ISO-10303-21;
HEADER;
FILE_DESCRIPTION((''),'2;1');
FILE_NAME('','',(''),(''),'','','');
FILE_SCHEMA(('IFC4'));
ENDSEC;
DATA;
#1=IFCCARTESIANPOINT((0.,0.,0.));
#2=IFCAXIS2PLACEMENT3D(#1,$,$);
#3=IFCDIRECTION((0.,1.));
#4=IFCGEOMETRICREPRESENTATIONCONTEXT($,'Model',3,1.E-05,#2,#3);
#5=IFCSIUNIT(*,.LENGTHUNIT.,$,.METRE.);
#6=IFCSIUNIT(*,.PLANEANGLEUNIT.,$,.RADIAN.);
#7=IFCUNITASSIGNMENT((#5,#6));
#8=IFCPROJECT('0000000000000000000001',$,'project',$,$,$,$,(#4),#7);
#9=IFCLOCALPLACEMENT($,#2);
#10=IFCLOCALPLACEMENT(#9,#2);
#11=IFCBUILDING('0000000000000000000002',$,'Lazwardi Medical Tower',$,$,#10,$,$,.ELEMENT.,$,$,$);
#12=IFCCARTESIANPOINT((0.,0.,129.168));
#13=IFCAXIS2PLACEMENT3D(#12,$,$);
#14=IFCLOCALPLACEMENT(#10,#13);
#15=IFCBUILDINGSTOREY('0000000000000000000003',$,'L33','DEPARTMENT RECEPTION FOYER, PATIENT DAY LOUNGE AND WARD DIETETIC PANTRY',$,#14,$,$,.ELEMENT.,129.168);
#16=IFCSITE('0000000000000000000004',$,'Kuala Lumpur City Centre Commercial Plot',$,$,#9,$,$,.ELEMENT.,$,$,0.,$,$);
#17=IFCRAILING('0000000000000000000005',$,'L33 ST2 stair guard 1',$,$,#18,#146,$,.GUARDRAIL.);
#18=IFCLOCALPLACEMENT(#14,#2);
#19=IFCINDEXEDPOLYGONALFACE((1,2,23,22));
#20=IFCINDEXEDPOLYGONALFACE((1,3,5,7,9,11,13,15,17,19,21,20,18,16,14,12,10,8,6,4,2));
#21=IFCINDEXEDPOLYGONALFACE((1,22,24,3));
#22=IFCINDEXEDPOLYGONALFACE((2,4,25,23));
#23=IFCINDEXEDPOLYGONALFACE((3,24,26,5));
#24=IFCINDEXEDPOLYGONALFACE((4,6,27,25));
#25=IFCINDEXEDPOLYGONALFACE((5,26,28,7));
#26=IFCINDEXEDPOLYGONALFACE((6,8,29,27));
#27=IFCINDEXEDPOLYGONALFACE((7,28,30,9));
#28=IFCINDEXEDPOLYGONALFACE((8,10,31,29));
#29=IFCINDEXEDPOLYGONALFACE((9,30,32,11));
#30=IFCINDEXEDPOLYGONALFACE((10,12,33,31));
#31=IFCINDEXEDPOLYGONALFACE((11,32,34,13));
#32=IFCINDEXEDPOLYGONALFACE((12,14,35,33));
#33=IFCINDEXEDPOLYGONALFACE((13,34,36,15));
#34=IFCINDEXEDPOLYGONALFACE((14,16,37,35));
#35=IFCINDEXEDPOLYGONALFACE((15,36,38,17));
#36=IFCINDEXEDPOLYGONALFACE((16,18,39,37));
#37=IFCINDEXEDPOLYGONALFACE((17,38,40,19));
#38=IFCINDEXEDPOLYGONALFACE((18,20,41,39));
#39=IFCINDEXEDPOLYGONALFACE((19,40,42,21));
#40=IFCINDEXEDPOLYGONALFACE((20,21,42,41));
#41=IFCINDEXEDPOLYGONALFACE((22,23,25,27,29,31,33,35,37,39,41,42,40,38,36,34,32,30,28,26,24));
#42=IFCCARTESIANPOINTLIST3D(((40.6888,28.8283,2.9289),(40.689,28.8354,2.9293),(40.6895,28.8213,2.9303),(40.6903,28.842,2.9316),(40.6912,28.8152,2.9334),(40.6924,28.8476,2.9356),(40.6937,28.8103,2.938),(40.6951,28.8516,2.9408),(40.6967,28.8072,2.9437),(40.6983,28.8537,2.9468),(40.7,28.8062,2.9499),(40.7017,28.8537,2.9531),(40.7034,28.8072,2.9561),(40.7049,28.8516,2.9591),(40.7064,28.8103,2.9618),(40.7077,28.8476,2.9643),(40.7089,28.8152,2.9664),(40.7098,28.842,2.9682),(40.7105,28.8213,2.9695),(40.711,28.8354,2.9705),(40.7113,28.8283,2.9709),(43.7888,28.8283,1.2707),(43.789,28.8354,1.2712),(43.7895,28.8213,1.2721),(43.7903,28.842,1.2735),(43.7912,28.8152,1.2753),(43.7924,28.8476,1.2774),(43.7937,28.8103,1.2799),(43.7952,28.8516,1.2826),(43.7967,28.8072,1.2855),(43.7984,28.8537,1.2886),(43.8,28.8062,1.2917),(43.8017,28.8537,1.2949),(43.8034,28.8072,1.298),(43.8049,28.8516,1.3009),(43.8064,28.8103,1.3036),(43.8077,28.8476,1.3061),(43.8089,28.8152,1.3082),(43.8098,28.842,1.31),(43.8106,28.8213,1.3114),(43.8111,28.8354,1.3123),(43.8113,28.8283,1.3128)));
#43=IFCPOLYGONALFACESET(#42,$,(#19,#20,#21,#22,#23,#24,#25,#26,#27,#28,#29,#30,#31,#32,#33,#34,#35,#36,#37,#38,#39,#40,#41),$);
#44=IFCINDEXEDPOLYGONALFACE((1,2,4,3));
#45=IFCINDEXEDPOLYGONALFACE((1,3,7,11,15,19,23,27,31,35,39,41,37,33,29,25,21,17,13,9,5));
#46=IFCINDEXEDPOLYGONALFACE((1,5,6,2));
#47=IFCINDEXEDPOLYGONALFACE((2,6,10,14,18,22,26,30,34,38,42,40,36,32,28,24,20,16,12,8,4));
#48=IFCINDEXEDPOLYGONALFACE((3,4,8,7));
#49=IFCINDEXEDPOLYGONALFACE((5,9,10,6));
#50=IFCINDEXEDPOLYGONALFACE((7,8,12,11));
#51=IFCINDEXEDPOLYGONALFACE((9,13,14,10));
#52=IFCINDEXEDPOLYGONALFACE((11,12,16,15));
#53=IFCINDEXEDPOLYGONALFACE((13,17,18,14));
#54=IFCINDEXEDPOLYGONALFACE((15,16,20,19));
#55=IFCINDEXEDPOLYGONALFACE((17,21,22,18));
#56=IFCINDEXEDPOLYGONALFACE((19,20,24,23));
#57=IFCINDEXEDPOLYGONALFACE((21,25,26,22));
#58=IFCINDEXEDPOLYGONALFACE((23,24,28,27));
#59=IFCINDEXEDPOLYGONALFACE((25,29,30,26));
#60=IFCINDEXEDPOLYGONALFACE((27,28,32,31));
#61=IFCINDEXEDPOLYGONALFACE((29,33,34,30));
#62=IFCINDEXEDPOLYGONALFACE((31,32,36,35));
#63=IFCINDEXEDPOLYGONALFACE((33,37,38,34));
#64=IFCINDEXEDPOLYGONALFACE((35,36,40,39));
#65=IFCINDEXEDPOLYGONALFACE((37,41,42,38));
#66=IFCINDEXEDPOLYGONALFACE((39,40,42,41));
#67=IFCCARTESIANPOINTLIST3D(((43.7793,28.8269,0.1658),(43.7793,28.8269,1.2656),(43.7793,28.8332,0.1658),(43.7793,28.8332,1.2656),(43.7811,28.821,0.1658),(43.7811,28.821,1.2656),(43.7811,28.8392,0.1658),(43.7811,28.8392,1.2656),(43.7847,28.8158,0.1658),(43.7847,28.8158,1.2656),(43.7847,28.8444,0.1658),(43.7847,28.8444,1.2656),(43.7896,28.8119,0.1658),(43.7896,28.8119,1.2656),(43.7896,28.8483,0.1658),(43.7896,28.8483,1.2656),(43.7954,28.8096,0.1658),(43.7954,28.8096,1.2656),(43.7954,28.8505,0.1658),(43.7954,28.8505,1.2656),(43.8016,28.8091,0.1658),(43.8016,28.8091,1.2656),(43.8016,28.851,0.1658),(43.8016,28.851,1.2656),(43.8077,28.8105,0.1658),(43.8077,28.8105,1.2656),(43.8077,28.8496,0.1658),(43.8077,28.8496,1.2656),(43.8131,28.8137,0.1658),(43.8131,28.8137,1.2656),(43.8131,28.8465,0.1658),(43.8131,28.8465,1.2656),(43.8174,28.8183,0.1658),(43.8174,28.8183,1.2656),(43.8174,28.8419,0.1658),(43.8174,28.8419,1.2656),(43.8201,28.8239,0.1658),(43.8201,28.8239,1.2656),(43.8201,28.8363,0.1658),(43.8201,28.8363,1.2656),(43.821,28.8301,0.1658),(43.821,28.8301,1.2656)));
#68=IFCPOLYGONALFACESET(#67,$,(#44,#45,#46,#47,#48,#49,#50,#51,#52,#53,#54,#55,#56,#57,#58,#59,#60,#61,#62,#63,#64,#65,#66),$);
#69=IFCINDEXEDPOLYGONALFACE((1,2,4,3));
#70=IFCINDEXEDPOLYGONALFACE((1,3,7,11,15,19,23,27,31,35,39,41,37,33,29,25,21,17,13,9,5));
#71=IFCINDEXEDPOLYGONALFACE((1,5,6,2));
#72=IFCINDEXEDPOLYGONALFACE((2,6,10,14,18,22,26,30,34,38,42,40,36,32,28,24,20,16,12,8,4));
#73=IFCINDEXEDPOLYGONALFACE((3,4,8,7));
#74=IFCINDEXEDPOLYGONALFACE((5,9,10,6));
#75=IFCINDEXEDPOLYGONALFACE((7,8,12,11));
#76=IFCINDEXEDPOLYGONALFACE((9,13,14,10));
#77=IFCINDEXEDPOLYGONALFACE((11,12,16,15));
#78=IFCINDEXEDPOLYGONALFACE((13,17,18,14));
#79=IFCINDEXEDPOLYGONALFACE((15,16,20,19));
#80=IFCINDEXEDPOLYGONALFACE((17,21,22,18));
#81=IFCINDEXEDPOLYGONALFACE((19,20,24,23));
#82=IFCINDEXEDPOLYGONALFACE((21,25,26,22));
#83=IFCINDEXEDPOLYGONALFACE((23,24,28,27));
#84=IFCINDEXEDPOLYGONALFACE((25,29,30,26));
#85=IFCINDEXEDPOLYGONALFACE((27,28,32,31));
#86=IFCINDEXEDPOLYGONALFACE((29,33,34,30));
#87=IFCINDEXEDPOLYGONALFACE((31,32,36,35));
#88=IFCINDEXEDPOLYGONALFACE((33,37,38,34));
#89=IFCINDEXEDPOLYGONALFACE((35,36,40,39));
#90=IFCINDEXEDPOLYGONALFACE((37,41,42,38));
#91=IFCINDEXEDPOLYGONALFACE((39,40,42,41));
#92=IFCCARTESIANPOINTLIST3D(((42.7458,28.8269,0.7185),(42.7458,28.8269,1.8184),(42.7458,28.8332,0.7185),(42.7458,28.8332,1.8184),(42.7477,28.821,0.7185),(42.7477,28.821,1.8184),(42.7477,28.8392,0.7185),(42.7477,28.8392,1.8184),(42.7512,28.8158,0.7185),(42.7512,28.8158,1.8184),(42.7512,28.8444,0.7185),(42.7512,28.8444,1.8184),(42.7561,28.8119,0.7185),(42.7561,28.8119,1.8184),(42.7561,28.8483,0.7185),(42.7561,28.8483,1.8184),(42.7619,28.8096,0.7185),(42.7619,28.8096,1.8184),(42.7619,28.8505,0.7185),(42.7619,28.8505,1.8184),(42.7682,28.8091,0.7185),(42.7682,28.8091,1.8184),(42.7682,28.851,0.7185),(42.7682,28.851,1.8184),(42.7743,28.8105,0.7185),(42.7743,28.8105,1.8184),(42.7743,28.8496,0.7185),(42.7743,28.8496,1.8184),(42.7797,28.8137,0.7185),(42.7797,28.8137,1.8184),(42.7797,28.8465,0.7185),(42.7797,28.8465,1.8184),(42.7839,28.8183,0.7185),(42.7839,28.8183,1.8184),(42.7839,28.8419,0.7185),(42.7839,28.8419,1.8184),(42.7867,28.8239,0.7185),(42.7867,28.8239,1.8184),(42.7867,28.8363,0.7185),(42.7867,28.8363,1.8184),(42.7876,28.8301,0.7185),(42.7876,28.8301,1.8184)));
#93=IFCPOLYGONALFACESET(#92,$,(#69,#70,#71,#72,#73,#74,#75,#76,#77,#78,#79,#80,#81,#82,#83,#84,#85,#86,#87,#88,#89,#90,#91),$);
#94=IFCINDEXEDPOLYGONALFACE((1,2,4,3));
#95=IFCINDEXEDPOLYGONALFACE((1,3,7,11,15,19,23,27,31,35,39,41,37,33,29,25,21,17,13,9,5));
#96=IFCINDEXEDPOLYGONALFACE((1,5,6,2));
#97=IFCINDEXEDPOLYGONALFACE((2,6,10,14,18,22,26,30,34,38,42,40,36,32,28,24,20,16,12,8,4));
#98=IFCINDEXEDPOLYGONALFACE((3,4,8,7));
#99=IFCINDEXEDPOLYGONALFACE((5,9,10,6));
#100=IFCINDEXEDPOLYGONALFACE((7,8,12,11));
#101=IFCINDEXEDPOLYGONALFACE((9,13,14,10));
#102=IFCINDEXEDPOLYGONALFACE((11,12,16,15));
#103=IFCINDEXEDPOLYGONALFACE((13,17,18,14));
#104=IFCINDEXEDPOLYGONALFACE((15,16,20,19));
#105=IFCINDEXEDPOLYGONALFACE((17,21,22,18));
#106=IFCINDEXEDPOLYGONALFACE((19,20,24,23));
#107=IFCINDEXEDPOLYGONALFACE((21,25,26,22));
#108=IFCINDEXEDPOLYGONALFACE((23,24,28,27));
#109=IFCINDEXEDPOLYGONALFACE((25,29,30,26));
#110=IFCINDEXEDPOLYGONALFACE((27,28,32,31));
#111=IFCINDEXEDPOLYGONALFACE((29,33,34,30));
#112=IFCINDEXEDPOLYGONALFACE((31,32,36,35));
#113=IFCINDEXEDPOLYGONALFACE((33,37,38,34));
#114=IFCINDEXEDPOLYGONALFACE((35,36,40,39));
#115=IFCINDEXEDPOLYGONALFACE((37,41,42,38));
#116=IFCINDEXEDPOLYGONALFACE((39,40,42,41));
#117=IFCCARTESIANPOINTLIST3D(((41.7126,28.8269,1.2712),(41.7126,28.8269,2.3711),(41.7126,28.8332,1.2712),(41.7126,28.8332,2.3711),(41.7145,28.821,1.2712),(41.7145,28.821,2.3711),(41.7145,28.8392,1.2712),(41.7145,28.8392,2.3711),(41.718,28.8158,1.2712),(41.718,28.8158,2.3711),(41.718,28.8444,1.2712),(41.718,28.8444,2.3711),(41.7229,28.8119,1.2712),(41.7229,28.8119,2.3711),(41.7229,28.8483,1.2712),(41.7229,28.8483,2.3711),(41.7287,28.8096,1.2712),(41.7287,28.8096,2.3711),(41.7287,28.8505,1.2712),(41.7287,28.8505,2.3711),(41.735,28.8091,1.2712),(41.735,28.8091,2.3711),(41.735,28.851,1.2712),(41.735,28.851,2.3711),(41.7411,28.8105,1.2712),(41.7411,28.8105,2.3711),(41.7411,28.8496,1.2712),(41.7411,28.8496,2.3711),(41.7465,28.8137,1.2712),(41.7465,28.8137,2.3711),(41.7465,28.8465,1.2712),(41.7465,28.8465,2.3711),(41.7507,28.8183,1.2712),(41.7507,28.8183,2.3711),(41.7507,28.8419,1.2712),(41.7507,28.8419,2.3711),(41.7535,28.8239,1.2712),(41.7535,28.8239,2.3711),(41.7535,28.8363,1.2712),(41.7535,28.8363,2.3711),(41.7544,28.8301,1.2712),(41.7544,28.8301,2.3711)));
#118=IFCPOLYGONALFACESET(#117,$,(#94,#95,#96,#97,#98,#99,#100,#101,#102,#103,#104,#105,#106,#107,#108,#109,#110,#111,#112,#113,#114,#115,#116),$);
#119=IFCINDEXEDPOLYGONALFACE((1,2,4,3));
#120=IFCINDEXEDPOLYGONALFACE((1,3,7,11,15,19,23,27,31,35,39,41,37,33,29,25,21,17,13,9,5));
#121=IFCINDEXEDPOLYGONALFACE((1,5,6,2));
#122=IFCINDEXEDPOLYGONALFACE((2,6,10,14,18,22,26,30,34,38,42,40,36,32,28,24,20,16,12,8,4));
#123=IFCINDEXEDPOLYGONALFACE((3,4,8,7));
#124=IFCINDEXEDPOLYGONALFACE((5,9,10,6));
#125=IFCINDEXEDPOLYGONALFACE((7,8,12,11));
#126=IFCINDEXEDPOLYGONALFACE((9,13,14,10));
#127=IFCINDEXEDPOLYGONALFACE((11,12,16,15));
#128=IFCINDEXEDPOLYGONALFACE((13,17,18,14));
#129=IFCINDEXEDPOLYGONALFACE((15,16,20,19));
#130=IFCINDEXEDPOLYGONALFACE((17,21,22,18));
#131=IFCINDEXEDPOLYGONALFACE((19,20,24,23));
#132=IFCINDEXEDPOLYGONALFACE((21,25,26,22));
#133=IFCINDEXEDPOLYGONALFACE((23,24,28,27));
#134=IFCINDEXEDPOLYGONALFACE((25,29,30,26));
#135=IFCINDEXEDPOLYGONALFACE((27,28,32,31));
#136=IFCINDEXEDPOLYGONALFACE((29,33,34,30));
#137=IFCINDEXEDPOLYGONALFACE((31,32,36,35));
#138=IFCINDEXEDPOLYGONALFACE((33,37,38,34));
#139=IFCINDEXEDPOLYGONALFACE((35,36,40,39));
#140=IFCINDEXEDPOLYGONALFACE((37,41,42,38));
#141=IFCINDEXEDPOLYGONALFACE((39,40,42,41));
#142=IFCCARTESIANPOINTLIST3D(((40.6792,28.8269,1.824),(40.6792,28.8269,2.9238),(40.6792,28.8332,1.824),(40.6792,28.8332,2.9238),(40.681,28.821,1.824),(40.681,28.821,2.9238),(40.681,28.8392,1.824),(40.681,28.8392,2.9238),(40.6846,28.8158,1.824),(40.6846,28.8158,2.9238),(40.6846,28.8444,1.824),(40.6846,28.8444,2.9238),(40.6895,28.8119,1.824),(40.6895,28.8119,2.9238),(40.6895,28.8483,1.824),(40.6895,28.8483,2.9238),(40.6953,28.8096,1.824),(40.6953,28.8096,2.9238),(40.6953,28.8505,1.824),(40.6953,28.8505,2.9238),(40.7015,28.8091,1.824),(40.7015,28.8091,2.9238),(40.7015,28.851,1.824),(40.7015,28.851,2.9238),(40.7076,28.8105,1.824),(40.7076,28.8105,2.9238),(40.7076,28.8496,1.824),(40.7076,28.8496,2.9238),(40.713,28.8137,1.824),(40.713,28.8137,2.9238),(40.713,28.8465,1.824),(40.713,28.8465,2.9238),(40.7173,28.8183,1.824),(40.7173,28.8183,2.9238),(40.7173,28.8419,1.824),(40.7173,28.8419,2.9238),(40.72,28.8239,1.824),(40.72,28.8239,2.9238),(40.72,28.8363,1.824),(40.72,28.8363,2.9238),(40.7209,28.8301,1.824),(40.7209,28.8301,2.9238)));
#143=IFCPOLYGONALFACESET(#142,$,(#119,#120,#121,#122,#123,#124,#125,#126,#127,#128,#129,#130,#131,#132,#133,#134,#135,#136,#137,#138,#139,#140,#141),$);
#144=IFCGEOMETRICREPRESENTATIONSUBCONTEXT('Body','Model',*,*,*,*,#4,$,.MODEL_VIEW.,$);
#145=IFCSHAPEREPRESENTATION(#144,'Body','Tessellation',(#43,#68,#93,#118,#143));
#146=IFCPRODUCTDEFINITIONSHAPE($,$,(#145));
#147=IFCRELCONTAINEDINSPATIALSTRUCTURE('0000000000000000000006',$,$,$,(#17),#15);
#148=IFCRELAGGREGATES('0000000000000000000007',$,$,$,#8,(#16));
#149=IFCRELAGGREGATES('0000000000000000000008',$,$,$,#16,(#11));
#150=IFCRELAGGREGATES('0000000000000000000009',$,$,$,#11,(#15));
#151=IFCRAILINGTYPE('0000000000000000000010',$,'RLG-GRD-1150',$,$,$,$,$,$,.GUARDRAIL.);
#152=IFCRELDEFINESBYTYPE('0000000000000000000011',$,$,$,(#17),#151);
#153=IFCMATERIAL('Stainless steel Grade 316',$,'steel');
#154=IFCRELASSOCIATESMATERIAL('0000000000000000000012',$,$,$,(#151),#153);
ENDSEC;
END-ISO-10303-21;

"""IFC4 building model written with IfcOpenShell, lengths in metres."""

from ifc_helpers import new_model, si_unit, direction, frame, origin, origin_2d, place, context, subcontext, project, spatial, circle, extrude, material, type_object, element, save


model = new_model("IFC4")

# Units and contexts
model_context = context("Model", 3, precision=1e-05, world=origin(), true_north=direction((0.0, 1.0)))
body_context = subcontext(model_context, "Body", "Model", "MODEL_VIEW")
ifc_project = project(units=[si_unit("LENGTHUNIT", "METRE"), si_unit("PLANEANGLEUNIT", "RADIAN")], contexts=[model_context])

# Site, building, storey
site_placement = place(None, origin())
site = spatial("IfcSite", under=ifc_project, at=site_placement, Name="Kuala Lumpur City Centre Commercial Plot", CompositionType="ELEMENT", RefElevation=0.0)
building_placement = place(site_placement, origin())
building = spatial("IfcBuilding", under=site, at=building_placement, Name="Lazwardi Medical Tower", CompositionType="ELEMENT")
storey_placement = place(building_placement, frame((0.0, 0.0, 129.168)))
storey = spatial("IfcBuildingStorey", under=building, at=storey_placement, Name="L33", Description="DEPARTMENT RECEPTION FOYER, PATIENT DAY LOUNGE AND WARD DIETETIC PANTRY", CompositionType="ELEMENT", Elevation=129.168)

# Railing
ifc_material_1 = material(Name="Stainless steel Grade 316", Category="steel")
railing_type_1 = type_object("IfcRailingType", Name="RLG-GRD-1150", PredefinedType="GUARDRAIL", material=ifc_material_1)
railing_1_placement = place(storey_placement, frame((43.8, 28.8301, 0.1658)))
element("IfcRailing", 1, at=railing_1_placement, inside=storey, type_object=railing_type_1, Name="L33 ST2 stair guard 1", PredefinedType="GUARDRAIL", context=body_context, shape_type="SweptSolid", body=[
    extrude(circle(Radius=0.0239, at=origin_2d()), frame((0.0, 0.0, 1.126), z_axis=(-0.881783, 0.0, 0.471655), x_axis=(0.0, -1.0, 0.0)), (0.0, 0.0, 1.0), 3.5156),
    extrude(circle(Radius=0.021, at=origin_2d()), origin(), (0.0, 0.0, 1.0), 1.0999),
    extrude(circle(Radius=0.021, at=origin_2d()), frame((-1.0334, 0.0, 0.5527)), (0.0, 0.0, 1.0), 1.0999),
    extrude(circle(Radius=0.021, at=origin_2d()), frame((-2.0667, 0.0, 1.1055)), (0.0, 0.0, 1.0), 1.0999),
    extrude(circle(Radius=0.021, at=origin_2d()), frame((-3.1001, 0.0, 1.6582)), (0.0, 0.0, 1.0), 1.0999),
])

save(model, "model.ifc")
